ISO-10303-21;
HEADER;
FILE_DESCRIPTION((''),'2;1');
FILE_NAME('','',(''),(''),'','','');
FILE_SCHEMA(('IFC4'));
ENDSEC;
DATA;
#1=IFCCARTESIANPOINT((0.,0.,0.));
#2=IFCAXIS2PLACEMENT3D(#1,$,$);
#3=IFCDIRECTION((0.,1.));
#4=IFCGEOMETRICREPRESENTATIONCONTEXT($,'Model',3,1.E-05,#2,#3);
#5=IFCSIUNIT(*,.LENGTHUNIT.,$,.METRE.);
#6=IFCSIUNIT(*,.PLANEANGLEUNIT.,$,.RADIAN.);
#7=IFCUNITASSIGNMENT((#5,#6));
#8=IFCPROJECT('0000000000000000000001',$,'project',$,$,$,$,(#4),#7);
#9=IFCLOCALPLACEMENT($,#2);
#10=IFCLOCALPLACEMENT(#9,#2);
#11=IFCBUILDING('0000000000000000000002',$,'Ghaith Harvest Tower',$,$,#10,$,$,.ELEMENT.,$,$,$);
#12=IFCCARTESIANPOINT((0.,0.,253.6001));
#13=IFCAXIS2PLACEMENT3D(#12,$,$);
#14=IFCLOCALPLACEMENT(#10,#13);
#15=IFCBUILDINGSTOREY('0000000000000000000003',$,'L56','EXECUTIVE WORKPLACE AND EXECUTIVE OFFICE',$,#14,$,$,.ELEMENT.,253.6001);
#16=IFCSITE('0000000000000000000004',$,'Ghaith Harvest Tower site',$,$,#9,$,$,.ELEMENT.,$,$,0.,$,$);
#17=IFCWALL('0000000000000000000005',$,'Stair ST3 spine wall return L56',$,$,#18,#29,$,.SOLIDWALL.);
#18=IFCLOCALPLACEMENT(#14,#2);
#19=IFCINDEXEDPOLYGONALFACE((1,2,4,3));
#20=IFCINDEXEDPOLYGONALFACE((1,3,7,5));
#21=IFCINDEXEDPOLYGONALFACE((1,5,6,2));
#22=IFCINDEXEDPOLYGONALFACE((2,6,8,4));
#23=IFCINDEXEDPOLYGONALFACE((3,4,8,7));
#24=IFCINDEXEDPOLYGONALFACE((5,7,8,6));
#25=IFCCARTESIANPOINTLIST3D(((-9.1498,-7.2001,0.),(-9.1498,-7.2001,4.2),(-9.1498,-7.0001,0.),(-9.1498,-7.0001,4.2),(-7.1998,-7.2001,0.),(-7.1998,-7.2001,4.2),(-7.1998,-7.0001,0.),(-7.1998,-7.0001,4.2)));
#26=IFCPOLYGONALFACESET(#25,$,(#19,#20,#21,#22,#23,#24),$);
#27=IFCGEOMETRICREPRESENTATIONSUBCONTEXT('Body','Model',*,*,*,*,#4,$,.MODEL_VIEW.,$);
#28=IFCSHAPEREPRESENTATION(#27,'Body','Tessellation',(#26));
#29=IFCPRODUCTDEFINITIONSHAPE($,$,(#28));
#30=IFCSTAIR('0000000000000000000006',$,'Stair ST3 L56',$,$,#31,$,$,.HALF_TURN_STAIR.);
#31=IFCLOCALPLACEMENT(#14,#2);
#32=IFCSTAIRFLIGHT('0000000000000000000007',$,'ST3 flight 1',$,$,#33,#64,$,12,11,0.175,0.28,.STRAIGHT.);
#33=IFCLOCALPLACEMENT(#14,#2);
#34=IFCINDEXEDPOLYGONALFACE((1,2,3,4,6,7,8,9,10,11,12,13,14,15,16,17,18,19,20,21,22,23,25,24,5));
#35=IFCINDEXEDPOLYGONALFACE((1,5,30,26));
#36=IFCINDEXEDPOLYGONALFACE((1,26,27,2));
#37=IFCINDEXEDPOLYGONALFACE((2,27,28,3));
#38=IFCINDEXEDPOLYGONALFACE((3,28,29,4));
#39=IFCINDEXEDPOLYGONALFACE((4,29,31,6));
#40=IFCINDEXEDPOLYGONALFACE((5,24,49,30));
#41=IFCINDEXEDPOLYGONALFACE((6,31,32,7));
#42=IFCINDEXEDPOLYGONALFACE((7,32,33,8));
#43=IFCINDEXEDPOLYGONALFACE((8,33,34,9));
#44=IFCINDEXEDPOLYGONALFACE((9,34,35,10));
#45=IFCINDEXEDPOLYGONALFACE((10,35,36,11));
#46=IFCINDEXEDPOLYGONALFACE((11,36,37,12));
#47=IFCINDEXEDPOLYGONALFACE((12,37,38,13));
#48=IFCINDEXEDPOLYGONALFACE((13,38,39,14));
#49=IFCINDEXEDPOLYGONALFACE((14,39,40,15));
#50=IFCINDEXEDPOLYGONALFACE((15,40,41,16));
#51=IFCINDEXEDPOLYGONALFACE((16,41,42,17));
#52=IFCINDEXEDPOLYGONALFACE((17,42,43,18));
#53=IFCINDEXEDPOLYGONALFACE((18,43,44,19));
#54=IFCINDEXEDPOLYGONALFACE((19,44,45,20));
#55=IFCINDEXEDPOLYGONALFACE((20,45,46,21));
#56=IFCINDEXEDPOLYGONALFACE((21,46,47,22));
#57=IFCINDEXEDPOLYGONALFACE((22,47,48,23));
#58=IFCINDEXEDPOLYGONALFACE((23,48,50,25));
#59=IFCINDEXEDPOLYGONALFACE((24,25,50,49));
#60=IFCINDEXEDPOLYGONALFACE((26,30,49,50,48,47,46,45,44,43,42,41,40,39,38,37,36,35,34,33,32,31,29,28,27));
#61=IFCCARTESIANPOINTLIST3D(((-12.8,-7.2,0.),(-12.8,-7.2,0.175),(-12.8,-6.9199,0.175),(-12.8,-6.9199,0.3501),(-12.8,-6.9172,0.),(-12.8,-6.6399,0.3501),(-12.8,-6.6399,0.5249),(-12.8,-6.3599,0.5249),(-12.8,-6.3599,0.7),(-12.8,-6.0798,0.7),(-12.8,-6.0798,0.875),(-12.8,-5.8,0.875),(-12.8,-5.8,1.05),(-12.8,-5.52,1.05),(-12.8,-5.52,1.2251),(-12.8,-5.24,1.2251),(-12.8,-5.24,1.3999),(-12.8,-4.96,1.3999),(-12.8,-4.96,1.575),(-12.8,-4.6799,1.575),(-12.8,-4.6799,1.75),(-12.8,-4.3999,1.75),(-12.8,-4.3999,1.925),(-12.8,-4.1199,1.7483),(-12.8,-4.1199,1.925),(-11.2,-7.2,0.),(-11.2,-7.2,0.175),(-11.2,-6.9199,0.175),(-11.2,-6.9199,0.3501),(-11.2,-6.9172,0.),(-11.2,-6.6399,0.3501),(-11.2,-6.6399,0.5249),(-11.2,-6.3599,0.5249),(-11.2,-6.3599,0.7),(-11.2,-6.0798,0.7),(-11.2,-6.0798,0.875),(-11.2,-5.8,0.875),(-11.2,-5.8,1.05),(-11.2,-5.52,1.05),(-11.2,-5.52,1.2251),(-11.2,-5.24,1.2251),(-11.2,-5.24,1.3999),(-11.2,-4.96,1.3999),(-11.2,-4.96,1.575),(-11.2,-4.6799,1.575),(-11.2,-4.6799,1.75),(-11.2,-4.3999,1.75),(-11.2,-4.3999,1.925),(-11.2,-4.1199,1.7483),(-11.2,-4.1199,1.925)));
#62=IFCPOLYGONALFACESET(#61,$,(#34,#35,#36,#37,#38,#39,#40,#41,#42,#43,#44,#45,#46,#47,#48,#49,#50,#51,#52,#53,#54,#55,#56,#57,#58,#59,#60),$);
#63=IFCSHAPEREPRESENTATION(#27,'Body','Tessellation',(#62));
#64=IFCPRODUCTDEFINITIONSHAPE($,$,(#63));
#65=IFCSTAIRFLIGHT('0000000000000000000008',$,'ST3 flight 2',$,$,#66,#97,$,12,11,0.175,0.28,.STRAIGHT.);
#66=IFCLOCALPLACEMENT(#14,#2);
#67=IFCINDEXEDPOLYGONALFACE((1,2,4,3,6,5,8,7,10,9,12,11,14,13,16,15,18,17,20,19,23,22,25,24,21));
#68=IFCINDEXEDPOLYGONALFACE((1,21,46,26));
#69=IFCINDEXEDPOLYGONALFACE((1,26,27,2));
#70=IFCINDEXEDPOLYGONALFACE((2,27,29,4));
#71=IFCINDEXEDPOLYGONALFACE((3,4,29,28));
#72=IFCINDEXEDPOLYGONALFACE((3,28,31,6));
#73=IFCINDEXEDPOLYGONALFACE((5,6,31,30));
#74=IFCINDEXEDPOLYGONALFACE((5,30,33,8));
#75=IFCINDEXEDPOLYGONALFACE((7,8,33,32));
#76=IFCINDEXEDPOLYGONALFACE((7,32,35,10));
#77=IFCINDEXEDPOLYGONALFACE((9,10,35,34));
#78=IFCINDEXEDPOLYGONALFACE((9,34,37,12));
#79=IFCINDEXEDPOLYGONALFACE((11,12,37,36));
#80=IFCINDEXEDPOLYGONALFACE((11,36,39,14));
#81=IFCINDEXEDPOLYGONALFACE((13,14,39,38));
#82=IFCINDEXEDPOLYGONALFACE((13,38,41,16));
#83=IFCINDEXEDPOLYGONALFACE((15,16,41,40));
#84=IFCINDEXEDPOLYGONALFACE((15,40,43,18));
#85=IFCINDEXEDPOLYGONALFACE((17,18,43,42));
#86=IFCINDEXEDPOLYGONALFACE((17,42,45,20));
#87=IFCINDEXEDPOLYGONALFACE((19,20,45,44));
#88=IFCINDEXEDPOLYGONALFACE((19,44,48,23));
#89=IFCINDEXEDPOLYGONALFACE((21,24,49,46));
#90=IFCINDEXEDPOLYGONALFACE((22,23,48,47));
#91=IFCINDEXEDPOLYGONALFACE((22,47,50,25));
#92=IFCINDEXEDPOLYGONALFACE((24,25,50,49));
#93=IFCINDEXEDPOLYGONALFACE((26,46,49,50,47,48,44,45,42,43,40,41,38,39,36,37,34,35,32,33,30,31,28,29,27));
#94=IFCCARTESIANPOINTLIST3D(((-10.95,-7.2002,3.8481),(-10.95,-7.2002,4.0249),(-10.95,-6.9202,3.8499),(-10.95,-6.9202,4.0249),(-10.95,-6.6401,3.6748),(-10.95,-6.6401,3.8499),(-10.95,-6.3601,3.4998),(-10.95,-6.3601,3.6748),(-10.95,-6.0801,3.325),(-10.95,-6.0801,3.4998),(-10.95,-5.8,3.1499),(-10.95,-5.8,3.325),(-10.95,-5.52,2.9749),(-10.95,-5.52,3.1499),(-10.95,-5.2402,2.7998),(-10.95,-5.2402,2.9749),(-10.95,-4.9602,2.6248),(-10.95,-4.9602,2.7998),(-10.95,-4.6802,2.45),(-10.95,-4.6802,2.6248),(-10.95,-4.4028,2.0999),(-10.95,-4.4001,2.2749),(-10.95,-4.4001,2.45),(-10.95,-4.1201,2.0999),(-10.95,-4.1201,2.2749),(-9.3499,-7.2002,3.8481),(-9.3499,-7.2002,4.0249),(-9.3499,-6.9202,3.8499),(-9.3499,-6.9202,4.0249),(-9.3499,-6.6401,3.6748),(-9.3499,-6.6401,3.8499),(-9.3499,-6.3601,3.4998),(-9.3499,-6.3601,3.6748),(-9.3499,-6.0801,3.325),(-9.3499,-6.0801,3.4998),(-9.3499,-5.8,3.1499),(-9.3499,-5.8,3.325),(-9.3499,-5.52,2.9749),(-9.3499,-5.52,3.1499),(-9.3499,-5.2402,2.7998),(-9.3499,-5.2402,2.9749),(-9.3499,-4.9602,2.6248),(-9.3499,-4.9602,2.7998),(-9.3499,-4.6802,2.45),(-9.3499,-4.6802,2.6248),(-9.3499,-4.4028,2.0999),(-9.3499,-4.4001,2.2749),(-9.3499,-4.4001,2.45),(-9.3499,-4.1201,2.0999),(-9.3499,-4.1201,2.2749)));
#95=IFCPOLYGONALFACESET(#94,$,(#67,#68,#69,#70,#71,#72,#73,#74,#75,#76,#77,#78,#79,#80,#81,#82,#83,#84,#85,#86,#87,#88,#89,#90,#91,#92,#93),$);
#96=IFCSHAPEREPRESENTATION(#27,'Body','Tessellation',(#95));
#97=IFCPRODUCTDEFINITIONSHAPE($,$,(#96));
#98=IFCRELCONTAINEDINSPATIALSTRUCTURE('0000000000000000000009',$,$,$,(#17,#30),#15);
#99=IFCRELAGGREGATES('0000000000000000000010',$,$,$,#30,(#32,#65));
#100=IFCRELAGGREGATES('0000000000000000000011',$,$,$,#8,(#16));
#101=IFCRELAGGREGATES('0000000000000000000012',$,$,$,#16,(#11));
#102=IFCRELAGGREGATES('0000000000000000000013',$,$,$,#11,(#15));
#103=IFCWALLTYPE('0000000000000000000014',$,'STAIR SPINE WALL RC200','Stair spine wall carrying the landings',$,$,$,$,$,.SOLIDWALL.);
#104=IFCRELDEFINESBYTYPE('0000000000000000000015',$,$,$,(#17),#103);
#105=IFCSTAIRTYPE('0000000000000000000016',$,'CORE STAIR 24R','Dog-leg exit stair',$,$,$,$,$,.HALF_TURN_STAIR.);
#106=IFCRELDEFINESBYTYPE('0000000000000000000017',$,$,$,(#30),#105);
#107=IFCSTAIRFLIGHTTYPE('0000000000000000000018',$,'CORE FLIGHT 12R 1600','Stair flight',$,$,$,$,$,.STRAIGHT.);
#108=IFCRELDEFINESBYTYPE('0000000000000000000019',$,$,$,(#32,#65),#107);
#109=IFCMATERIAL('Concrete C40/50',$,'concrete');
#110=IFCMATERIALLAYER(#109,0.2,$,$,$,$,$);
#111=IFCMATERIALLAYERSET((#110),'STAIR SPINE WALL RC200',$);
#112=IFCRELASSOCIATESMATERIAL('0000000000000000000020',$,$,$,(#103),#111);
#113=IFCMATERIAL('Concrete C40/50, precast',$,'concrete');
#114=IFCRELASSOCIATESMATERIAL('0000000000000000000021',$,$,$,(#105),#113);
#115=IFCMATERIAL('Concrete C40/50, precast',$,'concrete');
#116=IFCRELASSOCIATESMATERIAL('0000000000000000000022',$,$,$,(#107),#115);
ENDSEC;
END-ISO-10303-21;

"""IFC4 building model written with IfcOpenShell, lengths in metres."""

from ifc_helpers import new_model, si_unit, direction, frame, frame_2d, origin, place, context, subcontext, project, spatial, polyline, rectangle, outline, extrude, material, layer, layer_set, type_object, element, aggregate, save


model = new_model("IFC4")

# Units and contexts
model_context = context("Model", 3, precision=1e-05, world=origin(), true_north=direction((0.0, 1.0)))
body_context = subcontext(model_context, "Body", "Model", "MODEL_VIEW")
ifc_project = project(units=[si_unit("LENGTHUNIT", "METRE"), si_unit("PLANEANGLEUNIT", "RADIAN")], contexts=[model_context])

# Site, building, storey
site_placement = place(None, origin())
site = spatial("IfcSite", under=ifc_project, at=site_placement, Name="Ghaith Harvest Tower site", CompositionType="ELEMENT", RefElevation=0.0)
building_placement = place(site_placement, origin())
building = spatial("IfcBuilding", under=site, at=building_placement, Name="Ghaith Harvest Tower", CompositionType="ELEMENT")
storey_placement = place(building_placement, frame((0.0, 0.0, 253.6001)))
storey = spatial("IfcBuildingStorey", under=building, at=storey_placement, Name="L56", Description="EXECUTIVE WORKPLACE AND EXECUTIVE OFFICE", CompositionType="ELEMENT", Elevation=253.6001)

# Wall
ifc_material_1 = material(Name="Concrete C40/50", Category="concrete")
ifc_layer_1 = layer(ifc_material_1, 0.2)
ifc_layer_set_1 = layer_set([ifc_layer_1], Name="STAIR SPINE WALL RC200")
wall_type_1 = type_object("IfcWallType", Name="STAIR SPINE WALL RC200", Description="Stair spine wall carrying the landings", PredefinedType="SOLIDWALL", material=ifc_layer_set_1)
wall_1_placement = place(storey_placement, frame((-9.1499, -7.1001, 0.0), z_axis=(0.0, 0.0, 1.0), x_axis=(1.0, 0.0, 0.0)))
element("IfcWall", 1, at=wall_1_placement, inside=storey, type_object=wall_type_1, Name="Stair ST3 spine wall return L56", PredefinedType="SOLIDWALL", context=body_context, shape_type="SweptSolid", body=[
    extrude(rectangle(XDim=1.95, YDim=0.2, at=frame_2d((0.9751, 0.0))), origin(), (0.0, 0.0, 1.0), 4.2),
])

# Stair, stair flights
ifc_material_2 = material(Name="Concrete C40/50, precast", Category="concrete")
stair_type = type_object("IfcStairType", Name="CORE STAIR 24R", Description="Dog-leg exit stair", PredefinedType="HALF_TURN_STAIR", material=ifc_material_2)
stair_placement = place(storey_placement, origin())
stair = element("IfcStair", 2, at=stair_placement, inside=storey, type_object=stair_type, Name="Stair ST3 L56", PredefinedType="HALF_TURN_STAIR")
ifc_material_3 = material(Name="Concrete C40/50, precast", Category="concrete")
stair_flight_type = type_object("IfcStairFlightType", Name="CORE FLIGHT 12R 1600", Description="Stair flight", PredefinedType="STRAIGHT", material=ifc_material_3)
stair_flight_1_placement = place(storey_placement, frame((-12.0, -7.2, 0.0), z_axis=(0.0, 0.0, 1.0), x_axis=(0.0, 1.0, 0.0)))
stair_flight_1 = element("IfcStairFlight", 3, at=stair_flight_1_placement, type_object=stair_flight_type, Name="ST3 flight 1", NumberOfRisers=12, NumberOfTreads=11, PredefinedType="STRAIGHT", RiserHeight=0.175, TreadLength=0.28, context=body_context, shape_type="SweptSolid", body=[
    extrude(outline(polyline([(0.0, 0.0), (0.0, 0.175), (0.28, 0.175), (0.28, 0.3501), (0.5601, 0.3501), (0.5601, 0.5249), (0.8401, 0.5249), (0.8401, 0.7), (1.1201, 0.7), (1.1201, 0.875), (1.3999, 0.875), (1.3999, 1.05), (1.6799, 1.05), (1.6799, 1.2251), (1.96, 1.2251), (1.96, 1.3999), (2.24, 1.3999), (2.24, 1.575), (2.52, 1.575), (2.52, 1.75), (2.8, 1.75), (2.8, 1.925), (3.0801, 1.925), (3.0801, 2.1001), (3.0801, 1.7483), (0.2827, 0.0), (0.0, 0.0)])), frame((0.0, 0.8, 0.0), z_axis=(0.0, -1.0, 0.0), x_axis=(1.0, 0.0, 0.0)), (0.0, 0.0, 1.0), 1.6001),
])
stair_flight_2_placement = place(storey_placement, frame((-10.1499, -4.1201, 2.0999), z_axis=(0.0, 0.0, 1.0), x_axis=(0.0, -1.0, 0.0)))
stair_flight_2 = element("IfcStairFlight", 4, at=stair_flight_2_placement, type_object=stair_flight_type, Name="ST3 flight 2", NumberOfRisers=12, NumberOfTreads=11, PredefinedType="STRAIGHT", RiserHeight=0.175, TreadLength=0.28, context=body_context, shape_type="SweptSolid", body=[
    extrude(outline(polyline([(0.0, 0.0), (0.0, 0.175), (0.28, 0.175), (0.28, 0.3501), (0.5601, 0.3501), (0.5601, 0.5249), (0.8401, 0.5249), (0.8401, 0.7), (1.1201, 0.7), (1.1201, 0.875), (1.3999, 0.875), (1.3999, 1.05), (1.6799, 1.05), (1.6799, 1.2251), (1.96, 1.2251), (1.96, 1.3999), (2.24, 1.3999), (2.24, 1.575), (2.52, 1.575), (2.52, 1.75), (2.8, 1.75), (2.8, 1.925), (3.0801, 1.925), (3.0801, 2.1001), (3.0801, 1.7483), (0.2827, 0.0), (0.0, 0.0)])), frame((0.0, 0.8, 0.0), z_axis=(0.0, -1.0, 0.0), x_axis=(1.0, 0.0, 0.0)), (0.0, 0.0, 1.0), 1.6001),
])
aggregate(stair, [stair_flight_1, stair_flight_2])

save(model, "model.ifc")
